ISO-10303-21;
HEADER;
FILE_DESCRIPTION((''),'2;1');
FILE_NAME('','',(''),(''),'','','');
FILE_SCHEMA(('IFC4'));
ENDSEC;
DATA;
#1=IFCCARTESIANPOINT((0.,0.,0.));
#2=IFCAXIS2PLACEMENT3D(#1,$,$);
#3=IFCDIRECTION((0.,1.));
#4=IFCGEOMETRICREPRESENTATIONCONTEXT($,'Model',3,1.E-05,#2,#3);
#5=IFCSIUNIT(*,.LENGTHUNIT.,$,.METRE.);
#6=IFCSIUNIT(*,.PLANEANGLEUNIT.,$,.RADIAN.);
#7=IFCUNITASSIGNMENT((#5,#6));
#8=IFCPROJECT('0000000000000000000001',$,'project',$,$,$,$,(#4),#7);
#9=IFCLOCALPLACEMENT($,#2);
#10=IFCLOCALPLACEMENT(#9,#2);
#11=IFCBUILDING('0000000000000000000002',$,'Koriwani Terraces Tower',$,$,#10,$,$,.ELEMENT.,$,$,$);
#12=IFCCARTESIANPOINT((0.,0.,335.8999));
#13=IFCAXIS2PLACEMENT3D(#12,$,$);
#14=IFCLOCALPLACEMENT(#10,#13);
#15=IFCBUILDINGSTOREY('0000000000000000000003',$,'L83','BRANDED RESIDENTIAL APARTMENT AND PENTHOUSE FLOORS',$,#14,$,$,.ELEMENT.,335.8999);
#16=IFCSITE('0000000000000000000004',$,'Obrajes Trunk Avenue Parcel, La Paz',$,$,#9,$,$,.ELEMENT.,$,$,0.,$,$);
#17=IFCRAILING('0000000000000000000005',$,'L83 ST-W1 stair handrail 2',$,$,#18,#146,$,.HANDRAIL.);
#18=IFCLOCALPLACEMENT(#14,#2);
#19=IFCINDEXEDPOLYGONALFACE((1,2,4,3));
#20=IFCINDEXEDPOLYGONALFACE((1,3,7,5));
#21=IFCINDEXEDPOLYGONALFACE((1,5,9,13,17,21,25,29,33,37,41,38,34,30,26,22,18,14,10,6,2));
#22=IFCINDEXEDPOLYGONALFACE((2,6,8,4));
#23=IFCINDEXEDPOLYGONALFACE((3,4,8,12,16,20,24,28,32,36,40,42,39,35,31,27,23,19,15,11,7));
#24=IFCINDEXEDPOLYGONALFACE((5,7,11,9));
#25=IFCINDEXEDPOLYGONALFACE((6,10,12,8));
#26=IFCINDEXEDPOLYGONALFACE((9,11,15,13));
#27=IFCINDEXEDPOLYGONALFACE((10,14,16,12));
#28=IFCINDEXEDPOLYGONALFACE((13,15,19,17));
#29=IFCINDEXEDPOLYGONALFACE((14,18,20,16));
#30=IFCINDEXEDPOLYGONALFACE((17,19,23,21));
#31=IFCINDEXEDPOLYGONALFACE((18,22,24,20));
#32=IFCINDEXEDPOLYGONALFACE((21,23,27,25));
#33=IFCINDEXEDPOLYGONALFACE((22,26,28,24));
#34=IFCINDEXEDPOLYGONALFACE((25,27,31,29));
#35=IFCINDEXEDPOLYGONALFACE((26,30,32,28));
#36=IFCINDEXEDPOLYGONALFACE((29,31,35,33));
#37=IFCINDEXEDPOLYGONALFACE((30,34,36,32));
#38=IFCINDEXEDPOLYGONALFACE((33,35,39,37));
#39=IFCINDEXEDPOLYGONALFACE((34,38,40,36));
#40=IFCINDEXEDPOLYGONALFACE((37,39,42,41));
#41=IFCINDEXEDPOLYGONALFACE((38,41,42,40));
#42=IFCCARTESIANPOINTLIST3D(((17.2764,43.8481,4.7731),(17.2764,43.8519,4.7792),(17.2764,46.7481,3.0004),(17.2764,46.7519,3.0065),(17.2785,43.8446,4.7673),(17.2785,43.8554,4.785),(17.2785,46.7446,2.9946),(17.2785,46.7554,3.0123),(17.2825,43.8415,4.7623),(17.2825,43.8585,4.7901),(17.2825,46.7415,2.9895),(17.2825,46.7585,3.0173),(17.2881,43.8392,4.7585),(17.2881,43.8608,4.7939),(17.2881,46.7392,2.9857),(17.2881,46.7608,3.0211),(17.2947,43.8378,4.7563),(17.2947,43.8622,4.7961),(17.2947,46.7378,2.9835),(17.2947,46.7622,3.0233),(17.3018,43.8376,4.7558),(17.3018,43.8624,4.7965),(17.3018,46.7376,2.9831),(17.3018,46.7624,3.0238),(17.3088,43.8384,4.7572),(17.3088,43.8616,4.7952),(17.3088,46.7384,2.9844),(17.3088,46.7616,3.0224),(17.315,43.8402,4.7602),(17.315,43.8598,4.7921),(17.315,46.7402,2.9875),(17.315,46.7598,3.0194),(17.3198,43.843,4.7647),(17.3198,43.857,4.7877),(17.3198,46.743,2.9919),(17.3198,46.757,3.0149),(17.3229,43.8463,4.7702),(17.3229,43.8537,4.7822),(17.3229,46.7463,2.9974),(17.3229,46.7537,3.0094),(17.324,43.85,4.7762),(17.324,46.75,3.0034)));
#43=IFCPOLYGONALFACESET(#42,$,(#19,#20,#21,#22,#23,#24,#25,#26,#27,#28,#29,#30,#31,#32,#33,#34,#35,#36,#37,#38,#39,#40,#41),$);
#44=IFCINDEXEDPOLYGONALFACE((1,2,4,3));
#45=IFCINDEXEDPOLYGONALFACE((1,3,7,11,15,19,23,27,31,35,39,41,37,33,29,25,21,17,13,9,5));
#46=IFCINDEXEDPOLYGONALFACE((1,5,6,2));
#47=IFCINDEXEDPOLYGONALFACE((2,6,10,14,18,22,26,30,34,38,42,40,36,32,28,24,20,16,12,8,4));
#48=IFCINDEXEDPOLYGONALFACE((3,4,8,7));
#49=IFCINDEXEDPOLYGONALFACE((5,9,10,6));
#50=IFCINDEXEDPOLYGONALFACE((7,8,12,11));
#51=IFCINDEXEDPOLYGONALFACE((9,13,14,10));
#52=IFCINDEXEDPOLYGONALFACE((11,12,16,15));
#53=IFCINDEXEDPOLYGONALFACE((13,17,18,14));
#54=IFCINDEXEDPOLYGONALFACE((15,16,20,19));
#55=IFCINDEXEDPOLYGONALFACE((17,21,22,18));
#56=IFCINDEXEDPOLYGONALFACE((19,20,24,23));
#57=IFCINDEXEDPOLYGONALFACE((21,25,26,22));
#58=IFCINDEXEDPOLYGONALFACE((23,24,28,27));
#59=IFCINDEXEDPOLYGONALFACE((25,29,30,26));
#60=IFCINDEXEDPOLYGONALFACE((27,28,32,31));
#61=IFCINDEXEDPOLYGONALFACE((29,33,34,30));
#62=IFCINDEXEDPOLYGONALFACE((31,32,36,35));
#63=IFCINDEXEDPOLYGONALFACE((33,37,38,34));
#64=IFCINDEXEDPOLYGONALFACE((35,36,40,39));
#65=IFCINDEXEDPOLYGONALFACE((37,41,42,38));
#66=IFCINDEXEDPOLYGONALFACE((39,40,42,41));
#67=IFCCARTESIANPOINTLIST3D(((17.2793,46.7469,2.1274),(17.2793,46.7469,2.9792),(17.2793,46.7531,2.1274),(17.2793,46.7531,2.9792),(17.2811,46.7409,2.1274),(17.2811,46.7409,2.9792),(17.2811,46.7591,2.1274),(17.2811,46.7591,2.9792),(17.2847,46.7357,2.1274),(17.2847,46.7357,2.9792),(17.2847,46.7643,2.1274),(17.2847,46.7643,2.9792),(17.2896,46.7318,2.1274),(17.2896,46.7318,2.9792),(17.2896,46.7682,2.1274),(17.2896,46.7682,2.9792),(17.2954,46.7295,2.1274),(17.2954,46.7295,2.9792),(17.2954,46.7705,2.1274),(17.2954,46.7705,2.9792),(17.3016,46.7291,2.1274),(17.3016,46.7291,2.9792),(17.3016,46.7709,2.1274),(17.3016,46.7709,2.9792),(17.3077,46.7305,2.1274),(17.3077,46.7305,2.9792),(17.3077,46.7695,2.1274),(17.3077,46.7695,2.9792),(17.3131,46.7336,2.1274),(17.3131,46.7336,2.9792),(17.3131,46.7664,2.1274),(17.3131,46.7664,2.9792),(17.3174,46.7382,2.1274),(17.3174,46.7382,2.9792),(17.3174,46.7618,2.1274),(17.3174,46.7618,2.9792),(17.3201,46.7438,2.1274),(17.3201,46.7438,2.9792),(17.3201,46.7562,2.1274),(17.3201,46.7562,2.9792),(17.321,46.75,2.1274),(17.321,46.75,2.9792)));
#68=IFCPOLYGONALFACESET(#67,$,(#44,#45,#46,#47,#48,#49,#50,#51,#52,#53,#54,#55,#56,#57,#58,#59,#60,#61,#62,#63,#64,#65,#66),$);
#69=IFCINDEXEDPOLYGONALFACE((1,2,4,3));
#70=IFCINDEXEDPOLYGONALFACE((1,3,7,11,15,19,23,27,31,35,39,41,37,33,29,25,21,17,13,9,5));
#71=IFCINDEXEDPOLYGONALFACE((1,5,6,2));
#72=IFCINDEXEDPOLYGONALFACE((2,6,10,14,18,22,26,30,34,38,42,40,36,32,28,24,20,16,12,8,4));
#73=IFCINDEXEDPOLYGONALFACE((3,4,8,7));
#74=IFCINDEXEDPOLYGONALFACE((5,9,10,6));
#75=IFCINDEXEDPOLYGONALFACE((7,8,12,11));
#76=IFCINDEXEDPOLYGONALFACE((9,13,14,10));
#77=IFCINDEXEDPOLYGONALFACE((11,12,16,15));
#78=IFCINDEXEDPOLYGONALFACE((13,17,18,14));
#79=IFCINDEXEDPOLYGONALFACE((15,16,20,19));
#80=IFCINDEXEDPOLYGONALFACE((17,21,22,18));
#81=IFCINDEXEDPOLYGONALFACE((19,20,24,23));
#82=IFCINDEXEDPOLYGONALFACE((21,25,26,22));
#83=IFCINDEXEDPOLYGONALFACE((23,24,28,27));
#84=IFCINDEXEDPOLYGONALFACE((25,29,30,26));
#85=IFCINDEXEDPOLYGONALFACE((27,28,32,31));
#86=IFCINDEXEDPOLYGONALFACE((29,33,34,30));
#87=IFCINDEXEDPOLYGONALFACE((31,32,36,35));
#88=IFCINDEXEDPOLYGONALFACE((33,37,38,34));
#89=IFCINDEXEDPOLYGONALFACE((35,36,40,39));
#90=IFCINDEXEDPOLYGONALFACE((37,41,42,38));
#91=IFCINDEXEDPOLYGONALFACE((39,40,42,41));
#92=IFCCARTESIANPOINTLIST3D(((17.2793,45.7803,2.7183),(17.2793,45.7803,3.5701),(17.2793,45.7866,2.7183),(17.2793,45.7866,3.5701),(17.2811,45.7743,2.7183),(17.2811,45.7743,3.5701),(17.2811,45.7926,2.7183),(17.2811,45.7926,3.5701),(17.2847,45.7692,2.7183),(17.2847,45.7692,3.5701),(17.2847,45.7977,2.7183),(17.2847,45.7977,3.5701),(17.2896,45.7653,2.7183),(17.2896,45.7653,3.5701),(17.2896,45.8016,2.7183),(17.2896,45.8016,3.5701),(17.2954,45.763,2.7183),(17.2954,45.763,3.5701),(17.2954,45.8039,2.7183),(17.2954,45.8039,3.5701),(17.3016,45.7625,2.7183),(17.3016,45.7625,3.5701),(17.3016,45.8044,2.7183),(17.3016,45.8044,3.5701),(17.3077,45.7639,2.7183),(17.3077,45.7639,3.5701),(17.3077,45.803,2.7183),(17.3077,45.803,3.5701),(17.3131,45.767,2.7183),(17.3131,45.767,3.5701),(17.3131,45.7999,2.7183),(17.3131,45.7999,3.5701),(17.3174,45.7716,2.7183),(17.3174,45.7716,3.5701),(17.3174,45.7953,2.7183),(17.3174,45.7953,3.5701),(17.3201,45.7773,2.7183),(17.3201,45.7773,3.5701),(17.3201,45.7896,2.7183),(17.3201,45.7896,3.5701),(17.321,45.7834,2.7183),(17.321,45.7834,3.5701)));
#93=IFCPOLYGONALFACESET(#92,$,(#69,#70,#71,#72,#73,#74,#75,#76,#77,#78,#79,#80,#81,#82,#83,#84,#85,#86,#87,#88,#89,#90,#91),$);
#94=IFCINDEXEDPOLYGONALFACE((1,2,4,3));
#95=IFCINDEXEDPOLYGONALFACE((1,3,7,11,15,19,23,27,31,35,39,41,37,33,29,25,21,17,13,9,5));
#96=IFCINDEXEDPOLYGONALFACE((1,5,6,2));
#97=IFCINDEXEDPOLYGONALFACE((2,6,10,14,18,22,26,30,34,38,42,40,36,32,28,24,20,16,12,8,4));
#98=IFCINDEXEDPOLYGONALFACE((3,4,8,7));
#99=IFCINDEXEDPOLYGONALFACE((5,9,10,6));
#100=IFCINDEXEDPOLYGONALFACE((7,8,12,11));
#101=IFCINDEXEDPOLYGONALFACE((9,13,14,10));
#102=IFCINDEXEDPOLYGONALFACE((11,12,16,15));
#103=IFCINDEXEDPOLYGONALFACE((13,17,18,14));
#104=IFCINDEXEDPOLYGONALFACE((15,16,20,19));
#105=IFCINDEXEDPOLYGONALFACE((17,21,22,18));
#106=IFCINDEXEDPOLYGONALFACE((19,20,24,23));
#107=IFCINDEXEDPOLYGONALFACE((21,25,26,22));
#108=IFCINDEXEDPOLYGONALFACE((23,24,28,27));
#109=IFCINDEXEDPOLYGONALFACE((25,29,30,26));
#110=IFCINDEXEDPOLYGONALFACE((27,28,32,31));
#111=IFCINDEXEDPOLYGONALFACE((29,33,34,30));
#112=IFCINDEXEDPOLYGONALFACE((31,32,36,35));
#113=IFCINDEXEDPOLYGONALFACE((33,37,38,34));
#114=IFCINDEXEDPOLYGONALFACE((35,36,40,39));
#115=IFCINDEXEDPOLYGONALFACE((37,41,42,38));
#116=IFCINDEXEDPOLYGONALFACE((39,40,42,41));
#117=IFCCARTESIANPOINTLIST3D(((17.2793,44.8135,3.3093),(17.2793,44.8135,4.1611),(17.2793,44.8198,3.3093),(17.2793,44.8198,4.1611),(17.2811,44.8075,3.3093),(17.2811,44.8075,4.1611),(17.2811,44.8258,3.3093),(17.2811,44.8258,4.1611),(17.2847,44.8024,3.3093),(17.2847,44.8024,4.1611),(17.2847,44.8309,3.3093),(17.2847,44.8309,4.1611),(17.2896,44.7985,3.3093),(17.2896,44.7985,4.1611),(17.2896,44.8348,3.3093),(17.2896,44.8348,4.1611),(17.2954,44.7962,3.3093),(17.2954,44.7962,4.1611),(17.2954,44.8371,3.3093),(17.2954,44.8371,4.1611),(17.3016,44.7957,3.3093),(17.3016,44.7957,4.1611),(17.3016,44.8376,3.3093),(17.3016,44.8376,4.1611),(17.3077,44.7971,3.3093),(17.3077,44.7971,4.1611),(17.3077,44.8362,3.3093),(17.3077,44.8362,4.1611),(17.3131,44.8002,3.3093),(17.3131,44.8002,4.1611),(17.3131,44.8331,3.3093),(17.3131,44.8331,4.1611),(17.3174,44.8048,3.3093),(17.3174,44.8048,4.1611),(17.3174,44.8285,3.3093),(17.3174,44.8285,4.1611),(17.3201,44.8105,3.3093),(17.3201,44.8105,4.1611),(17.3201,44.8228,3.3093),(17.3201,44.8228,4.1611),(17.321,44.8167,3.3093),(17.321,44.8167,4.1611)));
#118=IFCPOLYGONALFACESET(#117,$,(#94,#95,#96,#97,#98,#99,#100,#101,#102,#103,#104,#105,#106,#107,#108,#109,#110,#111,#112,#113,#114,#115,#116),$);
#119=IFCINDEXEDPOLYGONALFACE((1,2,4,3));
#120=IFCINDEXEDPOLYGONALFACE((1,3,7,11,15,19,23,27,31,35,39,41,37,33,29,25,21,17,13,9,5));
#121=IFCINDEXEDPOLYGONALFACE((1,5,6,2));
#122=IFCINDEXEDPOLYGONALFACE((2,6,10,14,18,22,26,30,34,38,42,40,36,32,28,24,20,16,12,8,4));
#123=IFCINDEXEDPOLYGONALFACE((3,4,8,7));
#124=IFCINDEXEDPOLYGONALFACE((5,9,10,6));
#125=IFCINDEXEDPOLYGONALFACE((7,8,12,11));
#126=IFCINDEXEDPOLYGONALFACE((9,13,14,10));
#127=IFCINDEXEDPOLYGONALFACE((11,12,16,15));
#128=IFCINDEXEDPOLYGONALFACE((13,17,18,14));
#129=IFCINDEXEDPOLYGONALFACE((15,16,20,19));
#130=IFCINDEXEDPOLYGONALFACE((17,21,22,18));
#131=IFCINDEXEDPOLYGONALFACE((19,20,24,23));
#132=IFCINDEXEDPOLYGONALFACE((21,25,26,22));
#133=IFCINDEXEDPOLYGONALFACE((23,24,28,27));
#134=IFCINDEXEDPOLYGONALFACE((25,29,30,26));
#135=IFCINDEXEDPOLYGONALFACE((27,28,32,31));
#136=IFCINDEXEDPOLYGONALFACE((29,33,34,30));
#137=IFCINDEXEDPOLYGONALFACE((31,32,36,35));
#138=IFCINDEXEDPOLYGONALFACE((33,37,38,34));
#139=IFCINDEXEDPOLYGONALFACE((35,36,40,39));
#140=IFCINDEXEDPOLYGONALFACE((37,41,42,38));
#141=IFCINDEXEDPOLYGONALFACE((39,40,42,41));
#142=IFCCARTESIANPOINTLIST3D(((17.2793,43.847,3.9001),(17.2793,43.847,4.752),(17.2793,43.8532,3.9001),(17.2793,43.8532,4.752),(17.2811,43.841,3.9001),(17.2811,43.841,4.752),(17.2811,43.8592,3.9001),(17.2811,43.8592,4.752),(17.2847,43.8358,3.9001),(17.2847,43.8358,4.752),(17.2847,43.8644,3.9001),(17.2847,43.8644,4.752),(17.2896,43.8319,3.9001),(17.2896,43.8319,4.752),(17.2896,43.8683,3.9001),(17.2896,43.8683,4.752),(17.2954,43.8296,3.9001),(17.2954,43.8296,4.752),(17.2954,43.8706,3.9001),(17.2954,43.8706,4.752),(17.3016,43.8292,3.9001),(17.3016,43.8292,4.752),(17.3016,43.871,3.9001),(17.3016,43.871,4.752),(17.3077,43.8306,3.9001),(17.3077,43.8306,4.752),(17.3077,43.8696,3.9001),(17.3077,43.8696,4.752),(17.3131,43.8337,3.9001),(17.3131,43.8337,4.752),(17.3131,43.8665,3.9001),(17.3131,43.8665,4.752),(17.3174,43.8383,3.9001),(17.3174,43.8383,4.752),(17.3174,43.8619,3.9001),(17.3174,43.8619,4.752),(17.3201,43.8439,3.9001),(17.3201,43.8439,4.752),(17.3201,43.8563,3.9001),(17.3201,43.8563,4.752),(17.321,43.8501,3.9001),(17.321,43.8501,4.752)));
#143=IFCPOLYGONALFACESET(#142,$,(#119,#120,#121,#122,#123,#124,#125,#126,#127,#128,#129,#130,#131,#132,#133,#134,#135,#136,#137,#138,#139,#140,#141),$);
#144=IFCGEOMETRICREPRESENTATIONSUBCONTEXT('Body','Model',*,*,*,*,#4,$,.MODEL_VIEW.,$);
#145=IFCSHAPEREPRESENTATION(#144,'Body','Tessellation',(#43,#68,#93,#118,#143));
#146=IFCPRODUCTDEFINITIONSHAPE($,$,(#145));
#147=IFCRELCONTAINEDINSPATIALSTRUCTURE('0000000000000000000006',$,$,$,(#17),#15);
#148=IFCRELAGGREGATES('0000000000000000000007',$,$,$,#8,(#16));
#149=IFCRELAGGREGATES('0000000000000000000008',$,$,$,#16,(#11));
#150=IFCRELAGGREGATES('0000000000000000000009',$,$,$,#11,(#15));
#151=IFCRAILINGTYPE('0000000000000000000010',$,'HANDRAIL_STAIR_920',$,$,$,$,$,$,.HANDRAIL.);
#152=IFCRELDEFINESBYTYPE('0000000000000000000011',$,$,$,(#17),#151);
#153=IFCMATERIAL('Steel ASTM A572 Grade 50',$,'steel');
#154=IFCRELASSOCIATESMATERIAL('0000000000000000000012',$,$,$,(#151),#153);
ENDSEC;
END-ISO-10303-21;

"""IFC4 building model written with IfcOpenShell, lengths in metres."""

from ifc_helpers import new_model, si_unit, direction, frame, origin, origin_2d, place, context, subcontext, project, spatial, circle, extrude, material, type_object, element, save


model = new_model("IFC4")

# Units and contexts
model_context = context("Model", 3, precision=1e-05, world=origin(), true_north=direction((0.0, 1.0)))
body_context = subcontext(model_context, "Body", "Model", "MODEL_VIEW")
ifc_project = project(units=[si_unit("LENGTHUNIT", "METRE"), si_unit("PLANEANGLEUNIT", "RADIAN")], contexts=[model_context])

# Site, building, storey
site_placement = place(None, origin())
site = spatial("IfcSite", under=ifc_project, at=site_placement, Name="Obrajes Trunk Avenue Parcel, La Paz", CompositionType="ELEMENT", RefElevation=0.0)
building_placement = place(site_placement, origin())
building = spatial("IfcBuilding", under=site, at=building_placement, Name="Koriwani Terraces Tower", CompositionType="ELEMENT")
storey_placement = place(building_placement, frame((0.0, 0.0, 335.8999)))
storey = spatial("IfcBuildingStorey", under=building, at=storey_placement, Name="L83", Description="BRANDED RESIDENTIAL APARTMENT AND PENTHOUSE FLOORS", CompositionType="ELEMENT", Elevation=335.8999)

# Shared definitions
ifc_material_1 = material(Name="Steel ASTM A572 Grade 50", Category="steel")

# Railing
railing_type_1 = type_object("IfcRailingType", Name="HANDRAIL_STAIR_920", PredefinedType="HANDRAIL", material=ifc_material_1)
railing_1_placement = place(storey_placement, frame((17.3, 46.75, 2.1274)))
element("IfcRailing", 1, at=railing_1_placement, inside=storey, type_object=railing_type_1, Name="L83 ST-W1 stair handrail 2", PredefinedType="HANDRAIL", context=body_context, shape_type="SweptSolid", body=[
    extrude(circle(Radius=0.0239, at=origin_2d()), frame((0.0, 0.0, 0.876), z_axis=(0.0, -0.853211, 0.521566), x_axis=(1.0, 0.0, 0.0)), (0.0, 0.0, 1.0), 3.3989),
    extrude(circle(Radius=0.021, at=origin_2d()), origin(), (0.0, 0.0, 1.0), 0.8518),
    extrude(circle(Radius=0.021, at=origin_2d()), frame((0.0, -0.9666, 0.5908)), (0.0, 0.0, 1.0), 0.8518),
    extrude(circle(Radius=0.021, at=origin_2d()), frame((0.0, -1.9333, 1.1819)), (0.0, 0.0, 1.0), 0.8518),
    extrude(circle(Radius=0.021, at=origin_2d()), frame((0.0, -2.8999, 1.7727)), (0.0, 0.0, 1.0), 0.8518),
])

save(model, "model.ifc")
